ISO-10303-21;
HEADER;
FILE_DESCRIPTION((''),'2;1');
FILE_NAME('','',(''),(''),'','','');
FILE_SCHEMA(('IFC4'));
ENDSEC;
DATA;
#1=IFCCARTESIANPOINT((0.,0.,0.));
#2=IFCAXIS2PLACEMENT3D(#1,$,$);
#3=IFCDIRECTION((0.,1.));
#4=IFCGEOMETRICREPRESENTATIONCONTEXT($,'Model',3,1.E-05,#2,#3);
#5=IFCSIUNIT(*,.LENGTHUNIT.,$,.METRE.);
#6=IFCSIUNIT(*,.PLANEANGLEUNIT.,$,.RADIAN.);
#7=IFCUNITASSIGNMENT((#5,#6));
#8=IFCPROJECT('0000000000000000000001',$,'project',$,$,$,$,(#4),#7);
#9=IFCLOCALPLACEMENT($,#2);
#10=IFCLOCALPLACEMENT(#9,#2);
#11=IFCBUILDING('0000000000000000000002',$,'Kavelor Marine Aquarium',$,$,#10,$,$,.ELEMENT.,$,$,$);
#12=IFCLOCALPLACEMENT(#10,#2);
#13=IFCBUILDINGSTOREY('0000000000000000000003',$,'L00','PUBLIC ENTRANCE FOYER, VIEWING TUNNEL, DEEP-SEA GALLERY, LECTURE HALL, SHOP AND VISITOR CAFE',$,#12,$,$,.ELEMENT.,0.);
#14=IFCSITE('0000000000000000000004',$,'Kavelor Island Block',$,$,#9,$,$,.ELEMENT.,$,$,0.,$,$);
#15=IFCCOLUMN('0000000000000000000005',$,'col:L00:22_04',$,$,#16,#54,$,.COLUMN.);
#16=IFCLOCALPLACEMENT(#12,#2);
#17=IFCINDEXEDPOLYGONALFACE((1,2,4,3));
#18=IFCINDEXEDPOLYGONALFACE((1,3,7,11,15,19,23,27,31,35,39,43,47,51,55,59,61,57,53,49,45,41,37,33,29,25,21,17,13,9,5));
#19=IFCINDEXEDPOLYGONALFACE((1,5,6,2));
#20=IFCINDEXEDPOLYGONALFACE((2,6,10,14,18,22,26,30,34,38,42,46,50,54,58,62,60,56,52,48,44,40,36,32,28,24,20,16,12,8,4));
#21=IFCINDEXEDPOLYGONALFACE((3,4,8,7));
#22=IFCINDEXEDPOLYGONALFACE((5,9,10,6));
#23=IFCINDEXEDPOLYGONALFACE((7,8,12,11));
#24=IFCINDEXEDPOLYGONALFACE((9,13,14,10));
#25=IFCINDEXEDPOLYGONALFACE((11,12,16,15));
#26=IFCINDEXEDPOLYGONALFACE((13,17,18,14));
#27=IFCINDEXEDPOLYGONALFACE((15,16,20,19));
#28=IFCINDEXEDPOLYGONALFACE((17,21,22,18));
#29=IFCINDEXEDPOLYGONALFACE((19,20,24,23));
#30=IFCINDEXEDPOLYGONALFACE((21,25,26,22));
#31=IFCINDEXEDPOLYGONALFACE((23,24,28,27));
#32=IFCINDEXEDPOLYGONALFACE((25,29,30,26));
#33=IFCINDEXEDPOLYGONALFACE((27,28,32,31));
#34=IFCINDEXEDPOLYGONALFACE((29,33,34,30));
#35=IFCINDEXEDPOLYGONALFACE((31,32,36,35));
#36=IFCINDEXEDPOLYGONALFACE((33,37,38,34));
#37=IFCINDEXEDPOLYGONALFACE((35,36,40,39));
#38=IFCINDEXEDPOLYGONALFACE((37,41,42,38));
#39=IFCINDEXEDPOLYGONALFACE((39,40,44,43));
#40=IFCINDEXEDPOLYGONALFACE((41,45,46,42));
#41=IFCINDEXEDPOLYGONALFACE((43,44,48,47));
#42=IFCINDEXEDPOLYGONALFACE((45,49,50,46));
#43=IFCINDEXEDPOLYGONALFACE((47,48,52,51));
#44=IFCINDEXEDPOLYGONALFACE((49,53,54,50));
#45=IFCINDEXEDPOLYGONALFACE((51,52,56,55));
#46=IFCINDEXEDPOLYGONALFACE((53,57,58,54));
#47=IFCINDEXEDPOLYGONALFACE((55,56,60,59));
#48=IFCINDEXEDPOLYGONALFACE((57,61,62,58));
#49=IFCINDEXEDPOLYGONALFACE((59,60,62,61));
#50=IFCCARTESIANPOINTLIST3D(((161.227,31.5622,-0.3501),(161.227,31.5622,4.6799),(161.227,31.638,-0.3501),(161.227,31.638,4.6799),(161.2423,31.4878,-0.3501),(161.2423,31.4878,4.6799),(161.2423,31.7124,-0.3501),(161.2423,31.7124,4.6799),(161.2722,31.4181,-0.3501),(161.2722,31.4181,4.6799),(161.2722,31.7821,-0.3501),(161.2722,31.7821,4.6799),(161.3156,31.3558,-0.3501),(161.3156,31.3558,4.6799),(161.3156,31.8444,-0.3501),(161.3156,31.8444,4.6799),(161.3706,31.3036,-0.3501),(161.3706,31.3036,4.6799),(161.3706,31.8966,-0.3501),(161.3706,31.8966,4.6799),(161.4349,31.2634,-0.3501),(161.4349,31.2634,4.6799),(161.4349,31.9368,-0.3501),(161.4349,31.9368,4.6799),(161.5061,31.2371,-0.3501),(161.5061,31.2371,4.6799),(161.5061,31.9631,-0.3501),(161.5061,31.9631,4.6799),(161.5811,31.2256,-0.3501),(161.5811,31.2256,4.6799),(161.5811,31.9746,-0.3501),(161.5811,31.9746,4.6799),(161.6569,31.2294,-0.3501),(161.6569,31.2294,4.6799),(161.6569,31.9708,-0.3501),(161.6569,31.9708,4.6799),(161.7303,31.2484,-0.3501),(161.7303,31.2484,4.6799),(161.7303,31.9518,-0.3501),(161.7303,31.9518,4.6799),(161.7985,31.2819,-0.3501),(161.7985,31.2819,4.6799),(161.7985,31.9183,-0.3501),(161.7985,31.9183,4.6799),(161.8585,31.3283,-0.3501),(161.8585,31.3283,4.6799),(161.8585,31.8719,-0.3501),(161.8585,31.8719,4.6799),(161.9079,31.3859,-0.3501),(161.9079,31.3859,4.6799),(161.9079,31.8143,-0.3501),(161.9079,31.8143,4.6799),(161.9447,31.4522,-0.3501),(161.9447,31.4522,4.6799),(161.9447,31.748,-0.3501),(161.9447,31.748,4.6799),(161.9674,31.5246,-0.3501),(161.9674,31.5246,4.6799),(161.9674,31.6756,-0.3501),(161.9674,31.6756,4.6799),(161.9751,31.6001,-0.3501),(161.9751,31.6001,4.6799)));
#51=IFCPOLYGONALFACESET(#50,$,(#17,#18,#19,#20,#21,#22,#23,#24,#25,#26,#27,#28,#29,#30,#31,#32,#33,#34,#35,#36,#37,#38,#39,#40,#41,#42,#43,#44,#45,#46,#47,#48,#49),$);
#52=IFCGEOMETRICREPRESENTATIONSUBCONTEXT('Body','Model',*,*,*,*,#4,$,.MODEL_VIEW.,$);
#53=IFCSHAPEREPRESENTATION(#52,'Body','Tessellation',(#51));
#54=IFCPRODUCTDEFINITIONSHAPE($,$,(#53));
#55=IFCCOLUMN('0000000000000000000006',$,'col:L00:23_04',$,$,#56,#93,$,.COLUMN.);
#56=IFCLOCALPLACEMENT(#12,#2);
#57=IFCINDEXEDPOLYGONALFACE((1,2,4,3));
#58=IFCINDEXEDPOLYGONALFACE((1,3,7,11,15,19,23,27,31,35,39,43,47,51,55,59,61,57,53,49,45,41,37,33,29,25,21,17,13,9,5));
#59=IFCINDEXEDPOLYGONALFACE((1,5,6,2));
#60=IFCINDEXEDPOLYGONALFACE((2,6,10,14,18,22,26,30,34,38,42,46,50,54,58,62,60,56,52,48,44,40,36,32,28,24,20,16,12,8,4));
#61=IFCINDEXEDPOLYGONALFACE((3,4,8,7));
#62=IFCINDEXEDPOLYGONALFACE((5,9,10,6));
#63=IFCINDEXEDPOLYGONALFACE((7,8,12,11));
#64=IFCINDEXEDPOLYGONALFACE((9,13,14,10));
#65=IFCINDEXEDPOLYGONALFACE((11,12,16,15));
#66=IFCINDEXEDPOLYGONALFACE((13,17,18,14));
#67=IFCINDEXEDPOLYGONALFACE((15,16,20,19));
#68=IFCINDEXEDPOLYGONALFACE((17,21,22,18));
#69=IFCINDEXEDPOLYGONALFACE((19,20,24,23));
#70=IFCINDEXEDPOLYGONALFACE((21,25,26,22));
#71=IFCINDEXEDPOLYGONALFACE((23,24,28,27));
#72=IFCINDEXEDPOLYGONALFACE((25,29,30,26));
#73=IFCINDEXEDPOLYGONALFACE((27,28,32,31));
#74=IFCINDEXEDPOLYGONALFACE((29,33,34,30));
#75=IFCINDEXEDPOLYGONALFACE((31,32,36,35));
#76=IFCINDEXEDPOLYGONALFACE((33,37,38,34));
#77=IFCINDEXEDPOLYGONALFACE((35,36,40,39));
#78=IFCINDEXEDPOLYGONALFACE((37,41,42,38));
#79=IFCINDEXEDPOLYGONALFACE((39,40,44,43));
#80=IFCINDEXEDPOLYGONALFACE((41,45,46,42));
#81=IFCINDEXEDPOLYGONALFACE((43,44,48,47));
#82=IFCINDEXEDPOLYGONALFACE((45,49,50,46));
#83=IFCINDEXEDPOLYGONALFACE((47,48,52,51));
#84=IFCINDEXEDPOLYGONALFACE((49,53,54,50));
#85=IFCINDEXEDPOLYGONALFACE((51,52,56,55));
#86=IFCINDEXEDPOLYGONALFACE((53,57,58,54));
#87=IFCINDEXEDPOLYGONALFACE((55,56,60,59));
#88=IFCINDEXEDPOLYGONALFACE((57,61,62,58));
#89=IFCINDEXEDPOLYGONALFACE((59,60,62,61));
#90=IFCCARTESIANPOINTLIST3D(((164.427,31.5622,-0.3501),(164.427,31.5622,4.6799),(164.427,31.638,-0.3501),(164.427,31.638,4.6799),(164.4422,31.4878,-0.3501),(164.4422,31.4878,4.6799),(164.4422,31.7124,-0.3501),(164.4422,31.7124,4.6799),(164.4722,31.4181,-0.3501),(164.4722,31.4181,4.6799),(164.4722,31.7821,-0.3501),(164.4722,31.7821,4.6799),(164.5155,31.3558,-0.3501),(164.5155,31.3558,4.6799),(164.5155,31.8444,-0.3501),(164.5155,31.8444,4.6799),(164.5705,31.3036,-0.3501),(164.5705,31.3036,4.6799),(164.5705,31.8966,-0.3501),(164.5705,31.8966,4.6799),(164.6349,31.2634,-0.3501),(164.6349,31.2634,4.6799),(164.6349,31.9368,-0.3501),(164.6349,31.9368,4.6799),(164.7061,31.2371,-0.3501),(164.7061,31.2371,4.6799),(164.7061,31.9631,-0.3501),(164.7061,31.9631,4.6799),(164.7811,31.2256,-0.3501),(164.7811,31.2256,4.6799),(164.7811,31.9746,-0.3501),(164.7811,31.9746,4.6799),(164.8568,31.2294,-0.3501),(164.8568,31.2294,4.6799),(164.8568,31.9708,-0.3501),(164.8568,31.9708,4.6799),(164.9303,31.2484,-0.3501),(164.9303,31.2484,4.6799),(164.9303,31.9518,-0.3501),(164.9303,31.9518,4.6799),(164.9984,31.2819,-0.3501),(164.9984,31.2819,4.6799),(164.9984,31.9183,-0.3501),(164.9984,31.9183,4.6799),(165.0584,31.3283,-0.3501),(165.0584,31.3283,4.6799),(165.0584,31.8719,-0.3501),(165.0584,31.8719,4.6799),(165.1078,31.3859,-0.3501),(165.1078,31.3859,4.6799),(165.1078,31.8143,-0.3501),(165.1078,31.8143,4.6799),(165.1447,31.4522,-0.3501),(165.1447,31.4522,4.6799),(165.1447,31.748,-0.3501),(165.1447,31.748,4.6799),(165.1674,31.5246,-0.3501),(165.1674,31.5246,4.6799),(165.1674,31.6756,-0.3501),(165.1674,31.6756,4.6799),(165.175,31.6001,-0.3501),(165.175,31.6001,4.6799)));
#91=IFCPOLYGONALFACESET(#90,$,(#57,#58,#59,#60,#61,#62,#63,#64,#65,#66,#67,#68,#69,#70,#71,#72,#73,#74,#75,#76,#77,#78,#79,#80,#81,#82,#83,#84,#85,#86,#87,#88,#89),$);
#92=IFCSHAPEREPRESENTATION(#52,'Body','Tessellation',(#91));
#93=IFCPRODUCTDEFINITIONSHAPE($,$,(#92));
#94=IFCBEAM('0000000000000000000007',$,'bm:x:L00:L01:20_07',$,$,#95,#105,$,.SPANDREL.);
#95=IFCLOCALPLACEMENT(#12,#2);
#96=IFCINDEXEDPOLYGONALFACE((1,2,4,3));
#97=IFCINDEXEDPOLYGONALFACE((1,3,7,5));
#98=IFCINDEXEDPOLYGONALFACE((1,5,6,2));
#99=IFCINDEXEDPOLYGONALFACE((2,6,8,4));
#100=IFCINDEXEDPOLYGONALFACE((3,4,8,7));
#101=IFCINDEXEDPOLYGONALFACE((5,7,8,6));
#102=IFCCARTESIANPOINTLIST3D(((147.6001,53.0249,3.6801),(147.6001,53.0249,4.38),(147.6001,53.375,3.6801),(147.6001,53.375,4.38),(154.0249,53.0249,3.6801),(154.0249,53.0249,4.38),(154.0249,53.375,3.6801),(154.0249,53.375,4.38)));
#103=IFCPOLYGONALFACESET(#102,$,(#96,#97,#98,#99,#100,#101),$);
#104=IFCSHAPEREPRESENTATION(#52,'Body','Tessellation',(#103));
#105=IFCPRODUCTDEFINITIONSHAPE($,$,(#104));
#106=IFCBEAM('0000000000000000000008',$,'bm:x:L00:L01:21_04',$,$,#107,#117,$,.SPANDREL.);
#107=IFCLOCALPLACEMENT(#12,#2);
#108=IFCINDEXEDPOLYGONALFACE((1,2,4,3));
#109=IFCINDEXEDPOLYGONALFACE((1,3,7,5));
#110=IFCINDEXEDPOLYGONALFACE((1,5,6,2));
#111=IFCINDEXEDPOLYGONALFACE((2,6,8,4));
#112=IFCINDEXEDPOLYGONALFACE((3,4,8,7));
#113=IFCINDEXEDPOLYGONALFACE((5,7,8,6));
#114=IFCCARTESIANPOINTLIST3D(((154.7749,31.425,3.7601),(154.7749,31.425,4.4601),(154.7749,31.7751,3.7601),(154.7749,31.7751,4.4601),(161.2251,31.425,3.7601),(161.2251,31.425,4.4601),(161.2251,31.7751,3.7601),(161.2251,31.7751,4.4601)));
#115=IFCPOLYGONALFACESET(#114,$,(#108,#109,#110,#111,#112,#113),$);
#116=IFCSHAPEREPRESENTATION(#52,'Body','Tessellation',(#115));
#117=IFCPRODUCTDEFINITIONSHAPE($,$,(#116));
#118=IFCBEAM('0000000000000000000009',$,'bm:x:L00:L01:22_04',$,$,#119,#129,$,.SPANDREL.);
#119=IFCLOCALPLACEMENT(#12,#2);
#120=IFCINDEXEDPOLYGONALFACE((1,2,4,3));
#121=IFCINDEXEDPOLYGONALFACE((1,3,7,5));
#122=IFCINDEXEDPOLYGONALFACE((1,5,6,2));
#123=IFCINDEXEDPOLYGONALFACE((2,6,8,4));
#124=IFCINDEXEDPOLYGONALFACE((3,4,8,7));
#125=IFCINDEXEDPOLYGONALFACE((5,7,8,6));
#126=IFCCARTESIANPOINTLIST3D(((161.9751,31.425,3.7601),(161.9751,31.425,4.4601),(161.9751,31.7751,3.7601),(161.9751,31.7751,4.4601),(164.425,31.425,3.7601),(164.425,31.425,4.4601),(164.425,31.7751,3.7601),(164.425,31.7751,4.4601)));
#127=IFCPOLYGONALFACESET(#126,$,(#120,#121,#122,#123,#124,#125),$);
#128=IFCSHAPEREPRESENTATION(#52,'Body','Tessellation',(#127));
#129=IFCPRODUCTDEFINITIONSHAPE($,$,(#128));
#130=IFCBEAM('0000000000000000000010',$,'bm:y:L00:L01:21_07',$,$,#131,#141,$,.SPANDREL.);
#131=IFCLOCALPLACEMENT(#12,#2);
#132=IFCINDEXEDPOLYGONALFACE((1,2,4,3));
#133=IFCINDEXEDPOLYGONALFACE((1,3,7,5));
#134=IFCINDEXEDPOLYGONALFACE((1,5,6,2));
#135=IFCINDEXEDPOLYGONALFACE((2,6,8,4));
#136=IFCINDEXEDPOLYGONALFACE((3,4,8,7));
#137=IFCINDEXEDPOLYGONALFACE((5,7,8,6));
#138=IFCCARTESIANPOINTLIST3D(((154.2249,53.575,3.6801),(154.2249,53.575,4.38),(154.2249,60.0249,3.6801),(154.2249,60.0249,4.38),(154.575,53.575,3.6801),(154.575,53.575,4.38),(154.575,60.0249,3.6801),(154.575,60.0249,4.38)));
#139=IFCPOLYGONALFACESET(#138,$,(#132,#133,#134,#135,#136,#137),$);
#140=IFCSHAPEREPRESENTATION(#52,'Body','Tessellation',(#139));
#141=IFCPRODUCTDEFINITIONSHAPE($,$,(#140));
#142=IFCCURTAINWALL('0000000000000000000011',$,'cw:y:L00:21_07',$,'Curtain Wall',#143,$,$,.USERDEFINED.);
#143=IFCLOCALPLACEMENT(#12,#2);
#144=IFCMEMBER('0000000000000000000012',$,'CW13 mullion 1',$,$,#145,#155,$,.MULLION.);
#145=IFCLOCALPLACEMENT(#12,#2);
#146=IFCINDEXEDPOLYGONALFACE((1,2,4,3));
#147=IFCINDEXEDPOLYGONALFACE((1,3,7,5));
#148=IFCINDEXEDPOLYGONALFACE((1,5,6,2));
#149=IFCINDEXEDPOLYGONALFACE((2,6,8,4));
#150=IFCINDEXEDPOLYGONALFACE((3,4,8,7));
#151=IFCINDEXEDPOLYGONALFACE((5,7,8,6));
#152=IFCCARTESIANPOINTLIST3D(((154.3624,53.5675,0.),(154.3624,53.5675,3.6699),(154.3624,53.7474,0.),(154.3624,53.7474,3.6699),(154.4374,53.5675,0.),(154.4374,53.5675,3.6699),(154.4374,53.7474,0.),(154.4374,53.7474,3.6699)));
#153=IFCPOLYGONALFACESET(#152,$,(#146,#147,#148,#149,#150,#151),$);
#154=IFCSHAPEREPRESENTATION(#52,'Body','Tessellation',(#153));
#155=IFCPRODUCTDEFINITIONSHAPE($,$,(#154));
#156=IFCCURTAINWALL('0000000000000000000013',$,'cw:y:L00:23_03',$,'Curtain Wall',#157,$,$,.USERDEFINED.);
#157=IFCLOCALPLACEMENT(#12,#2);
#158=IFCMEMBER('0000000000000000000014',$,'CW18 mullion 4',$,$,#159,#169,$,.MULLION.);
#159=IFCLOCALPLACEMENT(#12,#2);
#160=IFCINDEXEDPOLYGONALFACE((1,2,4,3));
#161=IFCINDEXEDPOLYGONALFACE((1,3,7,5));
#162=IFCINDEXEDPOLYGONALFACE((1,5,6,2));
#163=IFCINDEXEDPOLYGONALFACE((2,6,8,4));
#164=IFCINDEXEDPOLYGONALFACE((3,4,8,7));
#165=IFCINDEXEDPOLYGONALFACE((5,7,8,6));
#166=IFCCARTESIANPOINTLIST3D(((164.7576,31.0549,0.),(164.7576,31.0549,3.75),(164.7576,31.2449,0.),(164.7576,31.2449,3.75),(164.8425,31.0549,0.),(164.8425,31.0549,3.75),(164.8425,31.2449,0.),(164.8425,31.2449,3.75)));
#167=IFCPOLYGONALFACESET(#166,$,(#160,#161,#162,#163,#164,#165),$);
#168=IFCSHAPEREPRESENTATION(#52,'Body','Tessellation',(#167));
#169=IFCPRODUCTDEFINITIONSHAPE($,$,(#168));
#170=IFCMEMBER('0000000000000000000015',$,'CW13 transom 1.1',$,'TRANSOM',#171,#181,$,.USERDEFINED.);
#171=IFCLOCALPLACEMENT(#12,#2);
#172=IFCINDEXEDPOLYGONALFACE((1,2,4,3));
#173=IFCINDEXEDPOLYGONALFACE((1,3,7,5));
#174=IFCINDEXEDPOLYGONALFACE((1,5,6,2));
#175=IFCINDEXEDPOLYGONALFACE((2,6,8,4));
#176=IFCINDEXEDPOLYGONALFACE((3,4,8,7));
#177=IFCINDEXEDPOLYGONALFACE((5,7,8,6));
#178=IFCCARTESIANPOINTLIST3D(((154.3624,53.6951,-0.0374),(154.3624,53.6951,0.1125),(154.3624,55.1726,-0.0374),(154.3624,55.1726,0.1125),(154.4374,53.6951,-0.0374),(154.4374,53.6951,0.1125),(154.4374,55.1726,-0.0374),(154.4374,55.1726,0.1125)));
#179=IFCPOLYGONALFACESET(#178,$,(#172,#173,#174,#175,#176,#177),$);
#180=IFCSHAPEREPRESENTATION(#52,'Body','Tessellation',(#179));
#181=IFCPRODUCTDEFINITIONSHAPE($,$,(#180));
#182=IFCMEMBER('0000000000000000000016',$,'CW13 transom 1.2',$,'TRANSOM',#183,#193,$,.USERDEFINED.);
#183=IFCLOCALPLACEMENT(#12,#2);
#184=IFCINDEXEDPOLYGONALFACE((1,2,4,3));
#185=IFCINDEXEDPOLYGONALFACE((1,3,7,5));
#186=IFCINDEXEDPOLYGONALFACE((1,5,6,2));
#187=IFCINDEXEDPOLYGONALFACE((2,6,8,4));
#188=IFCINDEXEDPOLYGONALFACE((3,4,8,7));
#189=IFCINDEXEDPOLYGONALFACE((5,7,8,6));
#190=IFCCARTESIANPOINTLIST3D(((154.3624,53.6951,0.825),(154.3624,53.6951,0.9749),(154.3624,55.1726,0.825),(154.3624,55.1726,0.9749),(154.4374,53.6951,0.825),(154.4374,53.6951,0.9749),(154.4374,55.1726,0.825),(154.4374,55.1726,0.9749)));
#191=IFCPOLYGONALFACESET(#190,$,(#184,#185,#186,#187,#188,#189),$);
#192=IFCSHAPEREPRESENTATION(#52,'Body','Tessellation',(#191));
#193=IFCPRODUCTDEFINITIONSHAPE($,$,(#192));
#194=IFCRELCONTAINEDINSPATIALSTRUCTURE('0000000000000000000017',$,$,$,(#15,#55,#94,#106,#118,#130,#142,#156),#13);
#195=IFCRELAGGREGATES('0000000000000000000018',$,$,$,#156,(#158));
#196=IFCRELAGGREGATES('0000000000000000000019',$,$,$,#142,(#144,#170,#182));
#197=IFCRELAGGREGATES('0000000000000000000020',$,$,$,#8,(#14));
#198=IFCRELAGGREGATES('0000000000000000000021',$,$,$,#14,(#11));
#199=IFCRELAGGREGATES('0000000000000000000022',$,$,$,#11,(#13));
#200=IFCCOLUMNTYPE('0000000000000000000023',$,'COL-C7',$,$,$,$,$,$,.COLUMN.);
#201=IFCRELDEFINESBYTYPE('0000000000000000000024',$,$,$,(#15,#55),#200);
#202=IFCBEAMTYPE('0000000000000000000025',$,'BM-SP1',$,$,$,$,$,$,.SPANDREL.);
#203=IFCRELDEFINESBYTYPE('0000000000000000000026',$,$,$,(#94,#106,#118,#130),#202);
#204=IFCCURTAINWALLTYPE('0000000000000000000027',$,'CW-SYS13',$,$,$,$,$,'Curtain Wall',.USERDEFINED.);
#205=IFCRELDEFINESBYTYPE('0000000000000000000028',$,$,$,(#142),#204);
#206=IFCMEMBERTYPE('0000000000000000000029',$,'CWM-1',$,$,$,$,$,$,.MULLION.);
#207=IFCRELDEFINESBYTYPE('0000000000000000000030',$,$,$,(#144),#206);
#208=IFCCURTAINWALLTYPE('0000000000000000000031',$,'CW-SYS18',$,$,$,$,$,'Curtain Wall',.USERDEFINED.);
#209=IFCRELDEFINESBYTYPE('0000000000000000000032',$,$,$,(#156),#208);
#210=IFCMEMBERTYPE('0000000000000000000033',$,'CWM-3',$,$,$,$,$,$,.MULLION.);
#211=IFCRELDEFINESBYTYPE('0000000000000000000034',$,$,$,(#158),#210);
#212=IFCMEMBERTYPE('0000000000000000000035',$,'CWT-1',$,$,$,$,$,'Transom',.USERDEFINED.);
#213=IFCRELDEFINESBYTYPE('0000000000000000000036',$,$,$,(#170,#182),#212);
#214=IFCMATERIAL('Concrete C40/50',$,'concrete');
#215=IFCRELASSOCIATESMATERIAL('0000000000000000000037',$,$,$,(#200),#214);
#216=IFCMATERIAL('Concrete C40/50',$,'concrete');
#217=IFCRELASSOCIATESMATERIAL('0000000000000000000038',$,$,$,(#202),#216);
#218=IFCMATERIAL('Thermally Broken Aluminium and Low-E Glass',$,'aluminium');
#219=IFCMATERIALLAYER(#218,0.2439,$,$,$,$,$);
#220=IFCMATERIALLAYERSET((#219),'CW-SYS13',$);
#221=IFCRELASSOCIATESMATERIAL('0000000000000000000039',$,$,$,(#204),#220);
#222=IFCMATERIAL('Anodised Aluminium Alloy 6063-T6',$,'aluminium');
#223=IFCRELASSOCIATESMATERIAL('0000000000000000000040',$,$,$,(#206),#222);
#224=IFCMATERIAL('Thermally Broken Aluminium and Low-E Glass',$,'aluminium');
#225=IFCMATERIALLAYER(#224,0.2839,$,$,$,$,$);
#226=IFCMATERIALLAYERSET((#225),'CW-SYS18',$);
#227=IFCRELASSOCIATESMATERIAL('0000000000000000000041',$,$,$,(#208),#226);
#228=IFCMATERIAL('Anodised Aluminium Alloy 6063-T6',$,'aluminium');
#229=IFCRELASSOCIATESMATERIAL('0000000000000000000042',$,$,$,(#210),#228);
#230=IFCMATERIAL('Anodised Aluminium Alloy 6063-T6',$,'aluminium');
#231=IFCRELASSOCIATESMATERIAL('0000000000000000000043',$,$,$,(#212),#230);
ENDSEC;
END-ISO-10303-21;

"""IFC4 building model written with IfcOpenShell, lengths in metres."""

from ifc_helpers import new_model, si_unit, direction, frame, origin, origin_2d, place, context, subcontext, project, spatial, rectangle, circle, extrude, material, layer, layer_set, material_profile, profile_set, type_object, element, aggregate, save


model = new_model("IFC4")

# Units and contexts
model_context = context("Model", 3, precision=1e-05, world=origin(), true_north=direction((0.0, 1.0)))
body_context = subcontext(model_context, "Body", "Model", "MODEL_VIEW")
ifc_project = project(units=[si_unit("LENGTHUNIT", "METRE"), si_unit("PLANEANGLEUNIT", "RADIAN")], contexts=[model_context])

# Site, building, storey
site_placement = place(None, origin())
site = spatial("IfcSite", under=ifc_project, at=site_placement, Name="Kavelor Island Block", CompositionType="ELEMENT", RefElevation=0.0)
building_placement = place(site_placement, origin())
building = spatial("IfcBuilding", under=site, at=building_placement, Name="Kavelor Marine Aquarium", CompositionType="ELEMENT")
storey_placement = place(building_placement, origin())
storey = spatial("IfcBuildingStorey", under=building, at=storey_placement, Name="L00", Description="PUBLIC ENTRANCE FOYER, VIEWING TUNNEL, DEEP-SEA GALLERY, LECTURE HALL, SHOP AND VISITOR CAFE", CompositionType="ELEMENT", Elevation=0.0)

# Columns
ifc_material_1 = material(Name="Concrete C40/50", Category="concrete")
ifc_material_profile_1 = material_profile(ifc_material_1, circle(Radius=0.375, at=origin_2d()), Name="RC-COL D750")
ifc_profile_set_1 = profile_set([ifc_material_profile_1], Name="Concrete C40/50")
column_type = type_object("IfcColumnType", Name="COL-C7", PredefinedType="COLUMN", material=ifc_profile_set_1)
for number, where, z_axis, x_axis, name in (
    (1, (161.6001, 31.6001, -0.3501), (0.0, 0.0, 1.0), (1.0, 0.0, 0.0), "col:L00:22_04"),
    (2, (164.8, 31.6001, -0.3501), (0.0, 0.0, 1.0), (1.0, 0.0, 0.0), "col:L00:23_04"),
):
    element("IfcColumn", number, at=place(storey_placement, frame(where, z_axis=z_axis, x_axis=x_axis)), inside=storey, type_object=column_type, Name=name, PredefinedType="COLUMN", context=body_context, shape_type="SweptSolid", body=[
        extrude(circle(Radius=0.375, at=origin_2d()), origin(), (0.0, 0.0, 1.0), 5.03),
    ])

# Beams
ifc_material_2 = material(Name="Concrete C40/50", Category="concrete")
ifc_material_profile_2 = material_profile(ifc_material_2, rectangle(XDim=0.3501, YDim=0.7, at=origin_2d()), Name="RC-SP 350x700")
ifc_profile_set_2 = profile_set([ifc_material_profile_2], Name="Concrete C40/50")
beam_type = type_object("IfcBeamType", Name="BM-SP1", PredefinedType="SPANDREL", material=ifc_profile_set_2)
beam_1_placement = place(storey_placement, frame((147.6001, 53.2, 4.03), z_axis=(1.0, 0.0, 0.0), x_axis=(0.0, 1.0, 0.0)))
element("IfcBeam", 3, at=beam_1_placement, inside=storey, type_object=beam_type, Name="bm:x:L00:L01:20_07", PredefinedType="SPANDREL", context=body_context, shape_type="SweptSolid", body=[
    extrude(rectangle(XDim=0.3501, YDim=0.7, at=origin_2d()), origin(), (0.0, 0.0, 1.0), 6.4248),
])
beam_2_placement = place(storey_placement, frame((154.7749, 31.6001, 4.1101), z_axis=(1.0, 0.0, 0.0), x_axis=(0.0, 1.0, 0.0)))
element("IfcBeam", 4, at=beam_2_placement, inside=storey, type_object=beam_type, Name="bm:x:L00:L01:21_04", PredefinedType="SPANDREL", context=body_context, shape_type="SweptSolid", body=[
    extrude(rectangle(XDim=0.3501, YDim=0.7, at=origin_2d()), origin(), (0.0, 0.0, 1.0), 6.4502),
])
beam_3_placement = place(storey_placement, frame((161.9751, 31.6001, 4.1101), z_axis=(1.0, 0.0, 0.0), x_axis=(0.0, 1.0, 0.0)))
element("IfcBeam", 5, at=beam_3_placement, inside=storey, type_object=beam_type, Name="bm:x:L00:L01:22_04", PredefinedType="SPANDREL", context=body_context, shape_type="SweptSolid", body=[
    extrude(rectangle(XDim=0.3501, YDim=0.7, at=origin_2d()), origin(), (0.0, 0.0, 1.0), 2.45),
])
beam_4_placement = place(storey_placement, frame((154.3999, 53.575, 4.03), z_axis=(0.0, 1.0, 0.0), x_axis=(-1.0, 0.0, 0.0)))
element("IfcBeam", 6, at=beam_4_placement, inside=storey, type_object=beam_type, Name="bm:y:L00:L01:21_07", PredefinedType="SPANDREL", context=body_context, shape_type="SweptSolid", body=[
    extrude(rectangle(XDim=0.3501, YDim=0.7, at=origin_2d()), origin(), (0.0, 0.0, 1.0), 6.45),
])

# Curtain walls, members
ifc_material_3 = material(Name="Thermally Broken Aluminium and Low-E Glass", Category="aluminium")
ifc_layer_1 = layer(ifc_material_3, 0.2439)
ifc_layer_set_1 = layer_set([ifc_layer_1], Name="CW-SYS13")
curtain_wall_type_1 = type_object("IfcCurtainWallType", Name="CW-SYS13", ElementType="Curtain Wall", PredefinedType="USERDEFINED", material=ifc_layer_set_1)
curtain_wall_1_placement = place(storey_placement, origin())
curtain_wall_1 = element("IfcCurtainWall", 7, at=curtain_wall_1_placement, inside=storey, type_object=curtain_wall_type_1, Name="cw:y:L00:21_07", ObjectType="Curtain Wall", PredefinedType="USERDEFINED")
ifc_material_4 = material(Name="Anodised Aluminium Alloy 6063-T6", Category="aluminium")
ifc_material_profile_3 = material_profile(ifc_material_4, rectangle(XDim=0.075, YDim=0.1799, at=origin_2d()), Name="CW-MUL 75x180")
ifc_profile_set_3 = profile_set([ifc_material_profile_3], Name="Anodised Aluminium Alloy 6063-T6")
member_type_1 = type_object("IfcMemberType", Name="CWM-1", PredefinedType="MULLION", material=ifc_profile_set_3)
member_1_placement = place(storey_placement, frame((154.3999, 53.6575, 0.0), z_axis=(0.0, 0.0, 1.0), x_axis=(-1.0, 0.0, 0.0)))
member_1 = element("IfcMember", 8, at=member_1_placement, type_object=member_type_1, Name="CW13 mullion 1", PredefinedType="MULLION", context=body_context, shape_type="SweptSolid", body=[
    extrude(rectangle(XDim=0.075, YDim=0.1799, at=origin_2d()), origin(), (0.0, 0.0, 1.0), 3.6699),
])
ifc_material_5 = material(Name="Thermally Broken Aluminium and Low-E Glass", Category="aluminium")
ifc_layer_2 = layer(ifc_material_5, 0.2839)
ifc_layer_set_2 = layer_set([ifc_layer_2], Name="CW-SYS18")
curtain_wall_type_2 = type_object("IfcCurtainWallType", Name="CW-SYS18", ElementType="Curtain Wall", PredefinedType="USERDEFINED", material=ifc_layer_set_2)
curtain_wall_2_placement = place(storey_placement, origin())
curtain_wall_2 = element("IfcCurtainWall", 9, at=curtain_wall_2_placement, inside=storey, type_object=curtain_wall_type_2, Name="cw:y:L00:23_03", ObjectType="Curtain Wall", PredefinedType="USERDEFINED")
ifc_material_6 = material(Name="Anodised Aluminium Alloy 6063-T6", Category="aluminium")
ifc_material_profile_4 = material_profile(ifc_material_6, rectangle(XDim=0.085, YDim=0.1899, at=origin_2d()), Name="CW-MUL 85x190")
ifc_profile_set_4 = profile_set([ifc_material_profile_4], Name="Anodised Aluminium Alloy 6063-T6")
member_type_2 = type_object("IfcMemberType", Name="CWM-3", PredefinedType="MULLION", material=ifc_profile_set_4)
member_2_placement = place(storey_placement, frame((164.8, 31.1499, 0.0), z_axis=(0.0, 0.0, 1.0), x_axis=(-1.0, 0.0, 0.0)))
member_2 = element("IfcMember", 10, at=member_2_placement, type_object=member_type_2, Name="CW18 mullion 4", PredefinedType="MULLION", context=body_context, shape_type="SweptSolid", body=[
    extrude(rectangle(XDim=0.085, YDim=0.1899, at=origin_2d()), origin(), (0.0, 0.0, 1.0), 3.75),
])
aggregate(curtain_wall_2, [member_2])

# Members
ifc_material_7 = material(Name="Anodised Aluminium Alloy 6063-T6", Category="aluminium")
ifc_material_profile_5 = material_profile(ifc_material_7, rectangle(XDim=0.075, YDim=0.1499, at=origin_2d()), Name="CW-TRN 75x150")
ifc_profile_set_5 = profile_set([ifc_material_profile_5], Name="Anodised Aluminium Alloy 6063-T6")
member_type_3 = type_object("IfcMemberType", Name="CWT-1", ElementType="Transom", PredefinedType="USERDEFINED", material=ifc_profile_set_5)
member_3_placement = place(storey_placement, frame((154.3999, 53.6951, 0.0376), z_axis=(0.0, 1.0, 0.0), x_axis=(-1.0, 0.0, 0.0)))
member_3 = element("IfcMember", 11, at=member_3_placement, type_object=member_type_3, Name="CW13 transom 1.1", ObjectType="TRANSOM", PredefinedType="USERDEFINED", context=body_context, shape_type="SweptSolid", body=[
    extrude(rectangle(XDim=0.075, YDim=0.1499, at=origin_2d()), origin(), (0.0, 0.0, 1.0), 1.4775),
])
member_4_placement = place(storey_placement, frame((154.3999, 53.6951, 0.8999), z_axis=(0.0, 1.0, 0.0), x_axis=(-1.0, 0.0, 0.0)))
member_4 = element("IfcMember", 12, at=member_4_placement, type_object=member_type_3, Name="CW13 transom 1.2", ObjectType="TRANSOM", PredefinedType="USERDEFINED", context=body_context, shape_type="SweptSolid", body=[
    extrude(rectangle(XDim=0.075, YDim=0.1499, at=origin_2d()), origin(), (0.0, 0.0, 1.0), 1.4775),
])
aggregate(curtain_wall_1, [member_1, member_3, member_4])

save(model, "model.ifc")
